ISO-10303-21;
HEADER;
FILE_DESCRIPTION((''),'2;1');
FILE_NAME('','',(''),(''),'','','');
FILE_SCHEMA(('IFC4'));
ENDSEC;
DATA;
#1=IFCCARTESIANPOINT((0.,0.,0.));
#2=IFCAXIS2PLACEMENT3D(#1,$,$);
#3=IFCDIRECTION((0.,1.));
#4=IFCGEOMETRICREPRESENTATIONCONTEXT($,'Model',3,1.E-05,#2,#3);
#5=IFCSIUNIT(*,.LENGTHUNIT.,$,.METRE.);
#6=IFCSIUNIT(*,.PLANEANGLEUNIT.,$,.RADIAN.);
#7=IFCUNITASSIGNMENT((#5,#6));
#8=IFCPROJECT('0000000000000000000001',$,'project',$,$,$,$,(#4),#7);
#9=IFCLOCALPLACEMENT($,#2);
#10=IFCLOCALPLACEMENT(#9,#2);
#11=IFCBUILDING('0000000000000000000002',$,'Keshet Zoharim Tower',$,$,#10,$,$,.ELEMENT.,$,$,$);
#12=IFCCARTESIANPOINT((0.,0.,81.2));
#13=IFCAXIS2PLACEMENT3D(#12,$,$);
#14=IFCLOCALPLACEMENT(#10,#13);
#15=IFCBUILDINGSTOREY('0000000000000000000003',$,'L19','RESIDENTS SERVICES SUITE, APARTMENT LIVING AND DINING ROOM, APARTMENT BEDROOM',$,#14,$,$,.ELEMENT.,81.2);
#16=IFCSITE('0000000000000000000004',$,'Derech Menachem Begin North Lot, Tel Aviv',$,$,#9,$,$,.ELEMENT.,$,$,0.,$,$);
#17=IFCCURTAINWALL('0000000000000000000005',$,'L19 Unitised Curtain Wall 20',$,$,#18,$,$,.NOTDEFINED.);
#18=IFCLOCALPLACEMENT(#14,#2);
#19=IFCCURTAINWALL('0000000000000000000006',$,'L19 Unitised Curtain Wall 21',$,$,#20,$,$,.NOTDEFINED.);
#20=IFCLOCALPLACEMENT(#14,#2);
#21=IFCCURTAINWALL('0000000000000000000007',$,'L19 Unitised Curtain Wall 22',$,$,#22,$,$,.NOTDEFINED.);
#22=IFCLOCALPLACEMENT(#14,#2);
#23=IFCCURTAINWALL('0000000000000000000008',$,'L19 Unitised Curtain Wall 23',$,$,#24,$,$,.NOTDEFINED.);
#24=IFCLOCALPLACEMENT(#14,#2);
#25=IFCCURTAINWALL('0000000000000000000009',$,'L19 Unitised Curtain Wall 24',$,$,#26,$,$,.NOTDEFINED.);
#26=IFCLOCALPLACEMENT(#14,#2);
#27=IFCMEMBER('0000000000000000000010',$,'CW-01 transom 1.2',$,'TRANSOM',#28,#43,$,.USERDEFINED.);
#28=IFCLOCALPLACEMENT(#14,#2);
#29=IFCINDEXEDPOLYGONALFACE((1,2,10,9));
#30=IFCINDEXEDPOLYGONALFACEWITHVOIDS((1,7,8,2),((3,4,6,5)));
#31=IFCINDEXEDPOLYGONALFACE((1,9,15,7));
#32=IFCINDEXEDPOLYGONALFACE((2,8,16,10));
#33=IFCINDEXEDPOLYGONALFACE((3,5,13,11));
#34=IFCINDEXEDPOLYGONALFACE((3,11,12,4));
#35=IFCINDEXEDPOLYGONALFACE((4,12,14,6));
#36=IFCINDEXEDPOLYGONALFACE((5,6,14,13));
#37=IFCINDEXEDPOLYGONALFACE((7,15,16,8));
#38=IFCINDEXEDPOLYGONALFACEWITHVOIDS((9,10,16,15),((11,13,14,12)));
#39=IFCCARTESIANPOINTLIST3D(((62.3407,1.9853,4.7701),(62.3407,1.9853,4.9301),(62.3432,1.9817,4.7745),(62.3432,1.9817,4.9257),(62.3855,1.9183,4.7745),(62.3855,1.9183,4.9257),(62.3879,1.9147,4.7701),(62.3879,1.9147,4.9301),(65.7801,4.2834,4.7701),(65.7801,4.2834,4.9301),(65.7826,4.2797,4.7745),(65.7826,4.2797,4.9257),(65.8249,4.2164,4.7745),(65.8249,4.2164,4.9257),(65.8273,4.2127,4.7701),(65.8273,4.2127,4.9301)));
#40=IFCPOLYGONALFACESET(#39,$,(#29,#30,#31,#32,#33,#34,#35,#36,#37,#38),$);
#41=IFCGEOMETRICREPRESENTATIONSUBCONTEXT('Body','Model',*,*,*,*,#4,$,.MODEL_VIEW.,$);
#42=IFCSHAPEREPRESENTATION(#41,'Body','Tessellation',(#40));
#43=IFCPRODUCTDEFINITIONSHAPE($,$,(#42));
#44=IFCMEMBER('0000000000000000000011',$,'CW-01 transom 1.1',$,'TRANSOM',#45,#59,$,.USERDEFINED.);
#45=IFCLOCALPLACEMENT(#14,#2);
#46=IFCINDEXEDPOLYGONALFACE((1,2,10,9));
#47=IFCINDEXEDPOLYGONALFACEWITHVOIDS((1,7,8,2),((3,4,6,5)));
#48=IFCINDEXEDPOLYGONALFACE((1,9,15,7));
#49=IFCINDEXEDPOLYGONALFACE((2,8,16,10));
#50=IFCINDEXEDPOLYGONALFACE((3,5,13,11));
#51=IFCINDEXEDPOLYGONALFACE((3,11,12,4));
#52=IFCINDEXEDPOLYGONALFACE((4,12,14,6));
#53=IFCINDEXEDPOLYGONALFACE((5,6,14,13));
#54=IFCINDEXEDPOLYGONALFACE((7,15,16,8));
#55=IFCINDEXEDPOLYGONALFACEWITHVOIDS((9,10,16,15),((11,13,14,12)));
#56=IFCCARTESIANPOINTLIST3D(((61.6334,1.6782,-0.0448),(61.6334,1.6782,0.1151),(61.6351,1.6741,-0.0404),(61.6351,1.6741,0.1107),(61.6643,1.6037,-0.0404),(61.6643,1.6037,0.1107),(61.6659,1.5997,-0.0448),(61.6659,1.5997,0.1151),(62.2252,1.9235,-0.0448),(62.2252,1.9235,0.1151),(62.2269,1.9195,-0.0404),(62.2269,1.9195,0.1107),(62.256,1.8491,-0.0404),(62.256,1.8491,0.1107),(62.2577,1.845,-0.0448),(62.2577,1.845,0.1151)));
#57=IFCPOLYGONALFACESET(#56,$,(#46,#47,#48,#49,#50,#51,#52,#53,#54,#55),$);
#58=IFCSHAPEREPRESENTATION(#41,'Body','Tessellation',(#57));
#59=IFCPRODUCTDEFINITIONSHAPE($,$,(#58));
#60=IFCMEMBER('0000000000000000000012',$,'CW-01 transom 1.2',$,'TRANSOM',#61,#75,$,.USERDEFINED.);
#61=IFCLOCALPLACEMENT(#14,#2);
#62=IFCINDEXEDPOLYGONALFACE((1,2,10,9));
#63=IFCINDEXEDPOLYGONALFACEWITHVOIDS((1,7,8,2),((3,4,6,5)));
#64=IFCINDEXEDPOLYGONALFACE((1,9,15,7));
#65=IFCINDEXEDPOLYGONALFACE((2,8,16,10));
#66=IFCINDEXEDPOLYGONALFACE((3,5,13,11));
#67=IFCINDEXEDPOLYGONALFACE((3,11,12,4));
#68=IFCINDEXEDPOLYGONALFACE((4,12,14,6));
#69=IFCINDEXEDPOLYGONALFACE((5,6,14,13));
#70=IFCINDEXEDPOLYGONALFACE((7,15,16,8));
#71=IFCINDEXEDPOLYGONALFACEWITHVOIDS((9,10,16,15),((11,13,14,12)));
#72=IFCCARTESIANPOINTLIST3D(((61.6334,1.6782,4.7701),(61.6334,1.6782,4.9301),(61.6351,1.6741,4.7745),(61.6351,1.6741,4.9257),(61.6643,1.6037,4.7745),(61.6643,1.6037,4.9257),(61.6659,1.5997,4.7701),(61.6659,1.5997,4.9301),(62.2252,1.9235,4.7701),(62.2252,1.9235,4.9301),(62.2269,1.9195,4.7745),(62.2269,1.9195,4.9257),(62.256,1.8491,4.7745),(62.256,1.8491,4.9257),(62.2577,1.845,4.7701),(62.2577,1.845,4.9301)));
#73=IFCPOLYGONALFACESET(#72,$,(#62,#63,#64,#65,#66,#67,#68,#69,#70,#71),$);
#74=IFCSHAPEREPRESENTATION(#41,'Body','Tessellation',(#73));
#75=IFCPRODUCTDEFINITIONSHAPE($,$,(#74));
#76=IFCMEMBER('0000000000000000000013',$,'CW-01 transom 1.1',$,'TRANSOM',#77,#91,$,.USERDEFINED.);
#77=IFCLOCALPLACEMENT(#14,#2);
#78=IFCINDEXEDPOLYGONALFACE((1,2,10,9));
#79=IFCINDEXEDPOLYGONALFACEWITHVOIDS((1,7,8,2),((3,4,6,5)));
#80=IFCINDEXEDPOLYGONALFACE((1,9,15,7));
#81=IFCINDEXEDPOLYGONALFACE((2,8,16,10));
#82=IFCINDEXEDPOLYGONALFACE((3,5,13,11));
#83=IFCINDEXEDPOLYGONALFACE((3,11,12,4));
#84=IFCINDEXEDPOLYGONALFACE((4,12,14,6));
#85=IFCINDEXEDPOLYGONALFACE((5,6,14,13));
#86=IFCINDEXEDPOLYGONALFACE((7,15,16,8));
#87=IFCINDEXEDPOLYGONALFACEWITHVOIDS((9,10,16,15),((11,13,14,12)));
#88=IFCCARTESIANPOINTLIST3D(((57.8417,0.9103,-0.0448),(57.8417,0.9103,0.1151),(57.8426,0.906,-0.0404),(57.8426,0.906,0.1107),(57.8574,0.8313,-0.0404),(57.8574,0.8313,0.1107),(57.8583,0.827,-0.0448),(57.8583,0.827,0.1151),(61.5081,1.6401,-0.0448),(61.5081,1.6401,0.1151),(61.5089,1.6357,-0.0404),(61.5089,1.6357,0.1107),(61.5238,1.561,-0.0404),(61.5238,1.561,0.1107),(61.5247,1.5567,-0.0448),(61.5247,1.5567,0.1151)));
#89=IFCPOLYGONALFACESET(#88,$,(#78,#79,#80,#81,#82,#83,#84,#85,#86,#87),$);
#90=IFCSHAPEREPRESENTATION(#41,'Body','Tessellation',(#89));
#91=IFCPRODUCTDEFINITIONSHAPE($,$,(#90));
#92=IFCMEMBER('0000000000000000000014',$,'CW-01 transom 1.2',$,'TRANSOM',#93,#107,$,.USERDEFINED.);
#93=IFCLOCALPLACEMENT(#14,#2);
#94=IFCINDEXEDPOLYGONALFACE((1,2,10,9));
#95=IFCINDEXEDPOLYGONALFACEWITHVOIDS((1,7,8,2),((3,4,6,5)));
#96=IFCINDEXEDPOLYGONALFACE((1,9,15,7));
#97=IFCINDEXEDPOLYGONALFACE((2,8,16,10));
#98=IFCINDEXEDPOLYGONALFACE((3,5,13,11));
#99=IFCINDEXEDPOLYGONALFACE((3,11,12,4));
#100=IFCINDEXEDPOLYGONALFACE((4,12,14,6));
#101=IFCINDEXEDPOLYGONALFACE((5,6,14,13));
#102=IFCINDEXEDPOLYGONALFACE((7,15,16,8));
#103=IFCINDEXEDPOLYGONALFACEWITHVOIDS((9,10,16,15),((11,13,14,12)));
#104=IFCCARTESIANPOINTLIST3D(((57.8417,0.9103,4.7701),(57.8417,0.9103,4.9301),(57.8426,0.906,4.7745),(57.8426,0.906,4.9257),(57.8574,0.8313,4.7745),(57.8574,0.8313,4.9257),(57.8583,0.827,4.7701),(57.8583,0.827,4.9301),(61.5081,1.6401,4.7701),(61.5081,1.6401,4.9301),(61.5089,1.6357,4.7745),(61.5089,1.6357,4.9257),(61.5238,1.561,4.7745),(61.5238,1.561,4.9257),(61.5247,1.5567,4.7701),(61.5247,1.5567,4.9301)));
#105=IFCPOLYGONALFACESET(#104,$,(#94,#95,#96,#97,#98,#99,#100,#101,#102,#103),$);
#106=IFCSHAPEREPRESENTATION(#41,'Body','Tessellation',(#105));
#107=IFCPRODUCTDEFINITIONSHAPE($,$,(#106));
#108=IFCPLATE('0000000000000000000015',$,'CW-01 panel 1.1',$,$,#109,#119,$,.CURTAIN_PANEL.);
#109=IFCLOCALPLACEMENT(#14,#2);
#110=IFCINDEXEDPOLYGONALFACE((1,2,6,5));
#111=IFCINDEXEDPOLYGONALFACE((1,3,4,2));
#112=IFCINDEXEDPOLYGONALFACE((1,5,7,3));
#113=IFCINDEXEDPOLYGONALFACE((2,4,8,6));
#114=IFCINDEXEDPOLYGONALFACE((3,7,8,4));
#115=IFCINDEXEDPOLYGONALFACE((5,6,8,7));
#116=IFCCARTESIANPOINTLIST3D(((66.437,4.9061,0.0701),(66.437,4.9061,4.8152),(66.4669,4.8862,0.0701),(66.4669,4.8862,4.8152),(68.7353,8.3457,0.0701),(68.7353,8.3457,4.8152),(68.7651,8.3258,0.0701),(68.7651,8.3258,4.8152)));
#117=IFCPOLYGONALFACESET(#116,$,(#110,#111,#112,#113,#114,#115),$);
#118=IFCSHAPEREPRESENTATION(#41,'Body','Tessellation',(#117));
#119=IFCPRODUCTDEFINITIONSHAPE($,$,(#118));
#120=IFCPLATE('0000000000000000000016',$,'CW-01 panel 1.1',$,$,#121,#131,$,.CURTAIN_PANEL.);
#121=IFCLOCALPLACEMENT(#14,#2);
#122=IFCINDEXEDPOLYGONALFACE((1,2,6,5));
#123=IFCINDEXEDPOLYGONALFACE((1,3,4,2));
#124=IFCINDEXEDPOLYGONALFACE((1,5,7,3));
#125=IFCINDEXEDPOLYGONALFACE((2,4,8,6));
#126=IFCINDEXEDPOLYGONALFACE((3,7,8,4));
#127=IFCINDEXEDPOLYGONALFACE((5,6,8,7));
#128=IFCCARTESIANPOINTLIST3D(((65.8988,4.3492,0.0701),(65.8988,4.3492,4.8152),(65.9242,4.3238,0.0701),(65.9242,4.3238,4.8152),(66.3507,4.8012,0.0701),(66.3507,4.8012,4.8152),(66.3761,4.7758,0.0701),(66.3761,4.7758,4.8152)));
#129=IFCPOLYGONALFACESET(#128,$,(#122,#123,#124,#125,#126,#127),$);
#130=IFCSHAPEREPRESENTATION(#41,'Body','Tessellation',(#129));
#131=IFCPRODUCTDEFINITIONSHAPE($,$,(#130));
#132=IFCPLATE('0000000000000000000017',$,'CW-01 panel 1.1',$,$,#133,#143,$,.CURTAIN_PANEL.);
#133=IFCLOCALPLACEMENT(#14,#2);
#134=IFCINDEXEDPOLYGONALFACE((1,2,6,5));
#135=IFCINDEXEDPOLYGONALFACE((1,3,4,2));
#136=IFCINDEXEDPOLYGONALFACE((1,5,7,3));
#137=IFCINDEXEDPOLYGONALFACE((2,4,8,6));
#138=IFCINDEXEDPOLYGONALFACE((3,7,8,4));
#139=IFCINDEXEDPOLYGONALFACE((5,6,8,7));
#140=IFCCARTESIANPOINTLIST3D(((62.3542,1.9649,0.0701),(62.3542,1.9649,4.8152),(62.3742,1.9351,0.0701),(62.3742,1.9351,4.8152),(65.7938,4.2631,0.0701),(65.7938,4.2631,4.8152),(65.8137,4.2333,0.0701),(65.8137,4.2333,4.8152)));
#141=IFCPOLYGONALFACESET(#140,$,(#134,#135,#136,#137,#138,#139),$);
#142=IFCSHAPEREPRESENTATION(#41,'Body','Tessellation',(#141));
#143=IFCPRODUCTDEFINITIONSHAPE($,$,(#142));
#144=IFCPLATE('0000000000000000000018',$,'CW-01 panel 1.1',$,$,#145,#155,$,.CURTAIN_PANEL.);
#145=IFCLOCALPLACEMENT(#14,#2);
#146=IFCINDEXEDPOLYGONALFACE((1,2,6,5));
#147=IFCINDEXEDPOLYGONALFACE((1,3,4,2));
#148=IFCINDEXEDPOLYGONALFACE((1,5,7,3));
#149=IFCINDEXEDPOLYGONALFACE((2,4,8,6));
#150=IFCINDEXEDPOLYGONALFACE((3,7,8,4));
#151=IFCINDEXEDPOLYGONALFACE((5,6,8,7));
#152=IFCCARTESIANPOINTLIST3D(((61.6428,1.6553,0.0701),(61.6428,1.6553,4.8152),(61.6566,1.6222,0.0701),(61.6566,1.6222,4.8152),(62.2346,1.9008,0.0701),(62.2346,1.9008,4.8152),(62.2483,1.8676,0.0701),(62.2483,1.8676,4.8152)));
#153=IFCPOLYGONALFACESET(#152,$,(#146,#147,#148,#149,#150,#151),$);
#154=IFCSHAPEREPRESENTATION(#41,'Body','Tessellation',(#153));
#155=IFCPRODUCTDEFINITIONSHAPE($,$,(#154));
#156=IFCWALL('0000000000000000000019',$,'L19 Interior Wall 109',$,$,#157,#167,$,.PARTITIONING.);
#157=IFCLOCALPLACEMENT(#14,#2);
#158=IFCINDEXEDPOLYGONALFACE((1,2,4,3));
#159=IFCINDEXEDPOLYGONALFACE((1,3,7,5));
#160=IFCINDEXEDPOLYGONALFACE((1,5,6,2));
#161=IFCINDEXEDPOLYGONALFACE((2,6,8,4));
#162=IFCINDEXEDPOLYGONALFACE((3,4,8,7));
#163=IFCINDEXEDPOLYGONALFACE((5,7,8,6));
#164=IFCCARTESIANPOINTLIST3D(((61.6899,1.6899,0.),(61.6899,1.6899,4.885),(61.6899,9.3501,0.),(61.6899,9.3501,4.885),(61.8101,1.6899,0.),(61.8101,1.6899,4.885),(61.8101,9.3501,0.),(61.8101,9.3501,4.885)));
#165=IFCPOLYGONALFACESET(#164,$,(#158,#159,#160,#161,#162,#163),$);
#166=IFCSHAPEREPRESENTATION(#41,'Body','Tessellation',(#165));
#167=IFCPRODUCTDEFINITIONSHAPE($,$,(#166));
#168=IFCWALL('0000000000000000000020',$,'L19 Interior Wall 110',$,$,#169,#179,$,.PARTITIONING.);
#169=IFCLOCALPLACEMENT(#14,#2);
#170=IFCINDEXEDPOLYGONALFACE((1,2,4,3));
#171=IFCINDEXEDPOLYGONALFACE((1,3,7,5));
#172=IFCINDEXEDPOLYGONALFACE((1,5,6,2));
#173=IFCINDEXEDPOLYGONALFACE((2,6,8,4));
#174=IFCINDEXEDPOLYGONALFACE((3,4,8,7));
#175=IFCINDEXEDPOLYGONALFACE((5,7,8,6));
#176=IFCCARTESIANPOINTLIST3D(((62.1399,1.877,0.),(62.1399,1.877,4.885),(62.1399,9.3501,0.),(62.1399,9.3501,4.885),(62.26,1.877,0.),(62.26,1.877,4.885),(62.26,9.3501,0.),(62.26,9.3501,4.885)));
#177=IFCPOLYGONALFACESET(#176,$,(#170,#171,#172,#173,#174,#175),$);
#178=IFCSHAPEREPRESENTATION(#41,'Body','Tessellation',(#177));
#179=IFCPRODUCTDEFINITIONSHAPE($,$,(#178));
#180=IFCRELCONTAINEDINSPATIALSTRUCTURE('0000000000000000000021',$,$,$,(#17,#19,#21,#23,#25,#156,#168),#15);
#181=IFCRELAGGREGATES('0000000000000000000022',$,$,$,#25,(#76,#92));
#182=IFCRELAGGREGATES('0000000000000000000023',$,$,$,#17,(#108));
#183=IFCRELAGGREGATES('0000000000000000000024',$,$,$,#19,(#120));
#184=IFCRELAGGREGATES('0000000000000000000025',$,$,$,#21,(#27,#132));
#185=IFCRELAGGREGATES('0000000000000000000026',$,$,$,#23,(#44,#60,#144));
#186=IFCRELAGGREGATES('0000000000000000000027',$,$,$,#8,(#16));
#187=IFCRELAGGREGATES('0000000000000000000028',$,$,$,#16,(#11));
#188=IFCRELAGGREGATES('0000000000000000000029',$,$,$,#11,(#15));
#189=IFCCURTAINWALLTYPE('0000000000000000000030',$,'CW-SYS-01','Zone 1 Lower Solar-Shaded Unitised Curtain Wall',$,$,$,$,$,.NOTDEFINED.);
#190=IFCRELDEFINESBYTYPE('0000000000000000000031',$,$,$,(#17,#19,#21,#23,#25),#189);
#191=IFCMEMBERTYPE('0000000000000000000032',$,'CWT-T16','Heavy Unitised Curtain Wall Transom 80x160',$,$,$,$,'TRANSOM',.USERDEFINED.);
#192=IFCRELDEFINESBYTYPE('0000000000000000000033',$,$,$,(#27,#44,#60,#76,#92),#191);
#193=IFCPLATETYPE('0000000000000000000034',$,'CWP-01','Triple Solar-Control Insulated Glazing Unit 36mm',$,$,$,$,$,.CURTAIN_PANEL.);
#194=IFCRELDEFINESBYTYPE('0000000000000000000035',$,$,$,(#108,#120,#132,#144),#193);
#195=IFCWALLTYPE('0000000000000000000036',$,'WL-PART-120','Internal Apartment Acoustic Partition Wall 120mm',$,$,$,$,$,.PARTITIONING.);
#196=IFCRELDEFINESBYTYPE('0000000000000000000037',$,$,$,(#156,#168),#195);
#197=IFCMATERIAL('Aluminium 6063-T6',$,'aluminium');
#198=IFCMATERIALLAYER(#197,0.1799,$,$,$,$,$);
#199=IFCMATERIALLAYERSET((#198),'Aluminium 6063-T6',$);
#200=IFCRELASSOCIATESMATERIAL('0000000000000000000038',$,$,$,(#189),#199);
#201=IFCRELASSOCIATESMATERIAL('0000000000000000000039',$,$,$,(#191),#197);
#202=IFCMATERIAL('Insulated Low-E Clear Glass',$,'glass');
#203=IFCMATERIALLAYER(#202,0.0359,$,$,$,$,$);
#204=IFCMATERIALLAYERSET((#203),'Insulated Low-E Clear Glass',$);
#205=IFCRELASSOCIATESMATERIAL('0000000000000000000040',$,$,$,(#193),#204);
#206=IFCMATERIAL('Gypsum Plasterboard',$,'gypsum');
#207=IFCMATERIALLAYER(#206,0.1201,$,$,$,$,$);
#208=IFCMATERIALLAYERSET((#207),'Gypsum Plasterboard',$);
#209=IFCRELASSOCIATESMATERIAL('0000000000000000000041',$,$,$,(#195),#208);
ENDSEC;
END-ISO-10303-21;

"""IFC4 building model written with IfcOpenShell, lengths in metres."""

from ifc_helpers import new_model, si_unit, direction, frame, frame_2d, origin, origin_2d, place, context, subcontext, project, spatial, rectangle, hollow_rectangle, extrude, material, layer, layer_set, material_profile, profile_set, type_object, element, aggregate, save


model = new_model("IFC4")

# Units and contexts
model_context = context("Model", 3, precision=1e-05, world=origin(), true_north=direction((0.0, 1.0)))
body_context = subcontext(model_context, "Body", "Model", "MODEL_VIEW")
ifc_project = project(units=[si_unit("LENGTHUNIT", "METRE"), si_unit("PLANEANGLEUNIT", "RADIAN")], contexts=[model_context])

# Site, building, storey
site_placement = place(None, origin())
site = spatial("IfcSite", under=ifc_project, at=site_placement, Name="Derech Menachem Begin North Lot, Tel Aviv", CompositionType="ELEMENT", RefElevation=0.0)
building_placement = place(site_placement, origin())
building = spatial("IfcBuilding", under=site, at=building_placement, Name="Keshet Zoharim Tower", CompositionType="ELEMENT")
storey_placement = place(building_placement, frame((0.0, 0.0, 81.2)))
storey = spatial("IfcBuildingStorey", under=building, at=storey_placement, Name="L19", Description="RESIDENTS SERVICES SUITE, APARTMENT LIVING AND DINING ROOM, APARTMENT BEDROOM", CompositionType="ELEMENT", Elevation=81.2)

# Curtain wall
ifc_material_1 = material(Name="Aluminium 6063-T6", Category="aluminium")
ifc_layer_1 = layer(ifc_material_1, 0.1799)
ifc_layer_set_1 = layer_set([ifc_layer_1], Name="Aluminium 6063-T6")
curtain_wall_type = type_object("IfcCurtainWallType", Name="CW-SYS-01", Description="Zone 1 Lower Solar-Shaded Unitised Curtain Wall", PredefinedType="NOTDEFINED", material=ifc_layer_set_1)
curtain_wall_1_placement = place(storey_placement, origin())
curtain_wall_1 = element("IfcCurtainWall", 1, at=curtain_wall_1_placement, inside=storey, type_object=curtain_wall_type, Name="L19 Unitised Curtain Wall 20", PredefinedType="NOTDEFINED")

# Curtain walls
curtain_wall_2_placement = place(storey_placement, origin())
curtain_wall_2 = element("IfcCurtainWall", 2, at=curtain_wall_2_placement, inside=storey, type_object=curtain_wall_type, Name="L19 Unitised Curtain Wall 21", PredefinedType="NOTDEFINED")
curtain_wall_3_placement = place(storey_placement, origin())
curtain_wall_3 = element("IfcCurtainWall", 3, at=curtain_wall_3_placement, inside=storey, type_object=curtain_wall_type, Name="L19 Unitised Curtain Wall 22", PredefinedType="NOTDEFINED")
curtain_wall_4_placement = place(storey_placement, origin())
curtain_wall_4 = element("IfcCurtainWall", 4, at=curtain_wall_4_placement, inside=storey, type_object=curtain_wall_type, Name="L19 Unitised Curtain Wall 23", PredefinedType="NOTDEFINED")

# Curtain wall
curtain_wall_5_placement = place(storey_placement, origin())
curtain_wall_5 = element("IfcCurtainWall", 5, at=curtain_wall_5_placement, inside=storey, type_object=curtain_wall_type, Name="L19 Unitised Curtain Wall 24", PredefinedType="NOTDEFINED")

# Members
ifc_material_profile_1 = material_profile(ifc_material_1, hollow_rectangle(XDim=0.085, YDim=0.1599, WallThickness=0.0044, at=origin_2d()), Name="TRN-85x160")
ifc_profile_set_1 = profile_set([ifc_material_profile_1], Name="Aluminium 6063-T6")
member_type_1 = type_object("IfcMemberType", Name="CWT-T16", Description="Heavy Unitised Curtain Wall Transom 80x160", ElementType="TRANSOM", PredefinedType="USERDEFINED", material=ifc_profile_set_1)
member_1_placement = place(storey_placement, frame((65.8037, 4.248, 4.8501), z_axis=(-0.831478, -0.555558, 0.0), x_axis=(0.555558, -0.831478, 0.0)))
member_1 = element("IfcMember", 6, at=member_1_placement, type_object=member_type_1, Name="CW-01 transom 1.2", ObjectType="TRANSOM", PredefinedType="USERDEFINED", context=body_context, shape_type="SweptSolid", body=[
    extrude(hollow_rectangle(XDim=0.085, YDim=0.1599, WallThickness=0.0044, at=origin_2d()), origin(), (0.0, 0.0, 1.0), 4.1365),
])
member_2_placement = place(storey_placement, frame((62.2415, 1.8843, 0.0352), z_axis=(-0.923752, -0.382991, 0.0), x_axis=(0.382991, -0.923752, 0.0)))
member_2 = element("IfcMember", 7, at=member_2_placement, type_object=member_type_1, Name="CW-01 transom 1.1", ObjectType="TRANSOM", PredefinedType="USERDEFINED", context=body_context, shape_type="SweptSolid", body=[
    extrude(hollow_rectangle(XDim=0.085, YDim=0.1599, WallThickness=0.0044, at=origin_2d()), origin(), (0.0, 0.0, 1.0), 0.6406),
])
member_3_placement = place(storey_placement, frame((62.2415, 1.8843, 4.8501), z_axis=(-0.923752, -0.382991, 0.0), x_axis=(0.382991, -0.923752, 0.0)))
member_3 = element("IfcMember", 8, at=member_3_placement, type_object=member_type_1, Name="CW-01 transom 1.2", ObjectType="TRANSOM", PredefinedType="USERDEFINED", context=body_context, shape_type="SweptSolid", body=[
    extrude(hollow_rectangle(XDim=0.085, YDim=0.1599, WallThickness=0.0044, at=origin_2d()), origin(), (0.0, 0.0, 1.0), 0.6406),
])
member_4_placement = place(storey_placement, frame((61.5164, 1.5984, 0.0352), z_axis=(-0.980761, -0.195212, 0.0), x_axis=(0.195212, -0.980761, 0.0)))
member_4 = element("IfcMember", 9, at=member_4_placement, type_object=member_type_1, Name="CW-01 transom 1.1", ObjectType="TRANSOM", PredefinedType="USERDEFINED", context=body_context, shape_type="SweptSolid", body=[
    extrude(hollow_rectangle(XDim=0.085, YDim=0.1599, WallThickness=0.0044, at=origin_2d()), origin(), (0.0, 0.0, 1.0), 3.7383),
])
member_5_placement = place(storey_placement, frame((61.5164, 1.5984, 4.8501), z_axis=(-0.980761, -0.195212, 0.0), x_axis=(0.195212, -0.980761, 0.0)))
member_5 = element("IfcMember", 10, at=member_5_placement, type_object=member_type_1, Name="CW-01 transom 1.2", ObjectType="TRANSOM", PredefinedType="USERDEFINED", context=body_context, shape_type="SweptSolid", body=[
    extrude(hollow_rectangle(XDim=0.085, YDim=0.1599, WallThickness=0.0044, at=origin_2d()), origin(), (0.0, 0.0, 1.0), 3.7383),
])
aggregate(curtain_wall_5, [member_4, member_5])

# Plates
ifc_material_2 = material(Name="Insulated Low-E Clear Glass", Category="glass")
ifc_layer_2 = layer(ifc_material_2, 0.0359)
ifc_layer_set_2 = layer_set([ifc_layer_2], Name="Insulated Low-E Clear Glass")
plate_type = type_object("IfcPlateType", Name="CWP-01", Description="Triple Solar-Control Insulated Glazing Unit 36mm", PredefinedType="CURTAIN_PANEL", material=ifc_layer_set_2)
plate_1_placement = place(storey_placement, frame((67.6011, 6.616, 0.0701), z_axis=(0.0, 0.0, 1.0), x_axis=(-0.555563, -0.831474, 0.0)))
plate_1 = element("IfcPlate", 11, at=plate_1_placement, type_object=plate_type, Name="CW-01 panel 1.1", PredefinedType="CURTAIN_PANEL", context=body_context, shape_type="SweptSolid", body=[
    extrude(rectangle(XDim=4.1367, YDim=0.0359, at=origin_2d()), origin(), (0.0, 0.0, 1.0), 4.7451),
])
aggregate(curtain_wall_1, [plate_1])
plate_2_placement = place(storey_placement, frame((66.1375, 4.5625, 0.0701), z_axis=(0.0, 0.0, 1.0), x_axis=(-0.707107, -0.707107, 0.0)))
plate_2 = element("IfcPlate", 12, at=plate_2_placement, type_object=plate_type, Name="CW-01 panel 1.1", PredefinedType="CURTAIN_PANEL", context=body_context, shape_type="SweptSolid", body=[
    extrude(rectangle(XDim=0.6392, YDim=0.0359, at=origin_2d()), origin(), (0.0, 0.0, 1.0), 4.7451),
])
aggregate(curtain_wall_2, [plate_2])
plate_3_placement = place(storey_placement, frame((64.084, 3.0991, 0.0701), z_axis=(0.0, 0.0, 1.0), x_axis=(-0.831474, -0.555563, 0.0)))
plate_3 = element("IfcPlate", 13, at=plate_3_placement, type_object=plate_type, Name="CW-01 panel 1.1", PredefinedType="CURTAIN_PANEL", context=body_context, shape_type="SweptSolid", body=[
    extrude(rectangle(XDim=4.1367, YDim=0.0359, at=origin_2d()), origin(), (0.0, 0.0, 1.0), 4.7451),
])
aggregate(curtain_wall_3, [member_1, plate_3])
plate_4_placement = place(storey_placement, frame((61.9456, 1.7615, 0.0701), z_axis=(0.0, 0.0, 1.0), x_axis=(-0.92372, -0.383068, 0.0)))
plate_4 = element("IfcPlate", 14, at=plate_4_placement, type_object=plate_type, Name="CW-01 panel 1.1", PredefinedType="CURTAIN_PANEL", context=body_context, shape_type="SweptSolid", body=[
    extrude(rectangle(XDim=0.6406, YDim=0.0359, at=origin_2d()), origin(), (0.0, 0.0, 1.0), 4.7451),
])
aggregate(curtain_wall_4, [member_2, member_3, plate_4])

# Walls
ifc_material_3 = material(Name="Gypsum Plasterboard", Category="gypsum")
ifc_layer_3 = layer(ifc_material_3, 0.1201)
ifc_layer_set_3 = layer_set([ifc_layer_3], Name="Gypsum Plasterboard")
wall_type = type_object("IfcWallType", Name="WL-PART-120", Description="Internal Apartment Acoustic Partition Wall 120mm", PredefinedType="PARTITIONING", material=ifc_layer_set_3)
wall_1_placement = place(storey_placement, frame((61.75, 1.6899, 0.0), z_axis=(0.0, 0.0, 1.0), x_axis=(0.0, 1.0, 0.0)))
element("IfcWall", 15, at=wall_1_placement, inside=storey, type_object=wall_type, Name="L19 Interior Wall 109", PredefinedType="PARTITIONING", context=body_context, shape_type="SweptSolid", body=[
    extrude(rectangle(XDim=7.6602, YDim=0.1201, at=frame_2d((3.8301, 0.0))), origin(), (0.0, 0.0, 1.0), 4.885),
])
wall_2_placement = place(storey_placement, frame((62.2, 1.877, 0.0), z_axis=(0.0, 0.0, 1.0), x_axis=(0.0, 1.0, 0.0)))
element("IfcWall", 16, at=wall_2_placement, inside=storey, type_object=wall_type, Name="L19 Interior Wall 110", PredefinedType="PARTITIONING", context=body_context, shape_type="SweptSolid", body=[
    extrude(rectangle(XDim=7.4731, YDim=0.1201, at=frame_2d((3.7366, 0.0))), origin(), (0.0, 0.0, 1.0), 4.885),
])

save(model, "model.ifc")
